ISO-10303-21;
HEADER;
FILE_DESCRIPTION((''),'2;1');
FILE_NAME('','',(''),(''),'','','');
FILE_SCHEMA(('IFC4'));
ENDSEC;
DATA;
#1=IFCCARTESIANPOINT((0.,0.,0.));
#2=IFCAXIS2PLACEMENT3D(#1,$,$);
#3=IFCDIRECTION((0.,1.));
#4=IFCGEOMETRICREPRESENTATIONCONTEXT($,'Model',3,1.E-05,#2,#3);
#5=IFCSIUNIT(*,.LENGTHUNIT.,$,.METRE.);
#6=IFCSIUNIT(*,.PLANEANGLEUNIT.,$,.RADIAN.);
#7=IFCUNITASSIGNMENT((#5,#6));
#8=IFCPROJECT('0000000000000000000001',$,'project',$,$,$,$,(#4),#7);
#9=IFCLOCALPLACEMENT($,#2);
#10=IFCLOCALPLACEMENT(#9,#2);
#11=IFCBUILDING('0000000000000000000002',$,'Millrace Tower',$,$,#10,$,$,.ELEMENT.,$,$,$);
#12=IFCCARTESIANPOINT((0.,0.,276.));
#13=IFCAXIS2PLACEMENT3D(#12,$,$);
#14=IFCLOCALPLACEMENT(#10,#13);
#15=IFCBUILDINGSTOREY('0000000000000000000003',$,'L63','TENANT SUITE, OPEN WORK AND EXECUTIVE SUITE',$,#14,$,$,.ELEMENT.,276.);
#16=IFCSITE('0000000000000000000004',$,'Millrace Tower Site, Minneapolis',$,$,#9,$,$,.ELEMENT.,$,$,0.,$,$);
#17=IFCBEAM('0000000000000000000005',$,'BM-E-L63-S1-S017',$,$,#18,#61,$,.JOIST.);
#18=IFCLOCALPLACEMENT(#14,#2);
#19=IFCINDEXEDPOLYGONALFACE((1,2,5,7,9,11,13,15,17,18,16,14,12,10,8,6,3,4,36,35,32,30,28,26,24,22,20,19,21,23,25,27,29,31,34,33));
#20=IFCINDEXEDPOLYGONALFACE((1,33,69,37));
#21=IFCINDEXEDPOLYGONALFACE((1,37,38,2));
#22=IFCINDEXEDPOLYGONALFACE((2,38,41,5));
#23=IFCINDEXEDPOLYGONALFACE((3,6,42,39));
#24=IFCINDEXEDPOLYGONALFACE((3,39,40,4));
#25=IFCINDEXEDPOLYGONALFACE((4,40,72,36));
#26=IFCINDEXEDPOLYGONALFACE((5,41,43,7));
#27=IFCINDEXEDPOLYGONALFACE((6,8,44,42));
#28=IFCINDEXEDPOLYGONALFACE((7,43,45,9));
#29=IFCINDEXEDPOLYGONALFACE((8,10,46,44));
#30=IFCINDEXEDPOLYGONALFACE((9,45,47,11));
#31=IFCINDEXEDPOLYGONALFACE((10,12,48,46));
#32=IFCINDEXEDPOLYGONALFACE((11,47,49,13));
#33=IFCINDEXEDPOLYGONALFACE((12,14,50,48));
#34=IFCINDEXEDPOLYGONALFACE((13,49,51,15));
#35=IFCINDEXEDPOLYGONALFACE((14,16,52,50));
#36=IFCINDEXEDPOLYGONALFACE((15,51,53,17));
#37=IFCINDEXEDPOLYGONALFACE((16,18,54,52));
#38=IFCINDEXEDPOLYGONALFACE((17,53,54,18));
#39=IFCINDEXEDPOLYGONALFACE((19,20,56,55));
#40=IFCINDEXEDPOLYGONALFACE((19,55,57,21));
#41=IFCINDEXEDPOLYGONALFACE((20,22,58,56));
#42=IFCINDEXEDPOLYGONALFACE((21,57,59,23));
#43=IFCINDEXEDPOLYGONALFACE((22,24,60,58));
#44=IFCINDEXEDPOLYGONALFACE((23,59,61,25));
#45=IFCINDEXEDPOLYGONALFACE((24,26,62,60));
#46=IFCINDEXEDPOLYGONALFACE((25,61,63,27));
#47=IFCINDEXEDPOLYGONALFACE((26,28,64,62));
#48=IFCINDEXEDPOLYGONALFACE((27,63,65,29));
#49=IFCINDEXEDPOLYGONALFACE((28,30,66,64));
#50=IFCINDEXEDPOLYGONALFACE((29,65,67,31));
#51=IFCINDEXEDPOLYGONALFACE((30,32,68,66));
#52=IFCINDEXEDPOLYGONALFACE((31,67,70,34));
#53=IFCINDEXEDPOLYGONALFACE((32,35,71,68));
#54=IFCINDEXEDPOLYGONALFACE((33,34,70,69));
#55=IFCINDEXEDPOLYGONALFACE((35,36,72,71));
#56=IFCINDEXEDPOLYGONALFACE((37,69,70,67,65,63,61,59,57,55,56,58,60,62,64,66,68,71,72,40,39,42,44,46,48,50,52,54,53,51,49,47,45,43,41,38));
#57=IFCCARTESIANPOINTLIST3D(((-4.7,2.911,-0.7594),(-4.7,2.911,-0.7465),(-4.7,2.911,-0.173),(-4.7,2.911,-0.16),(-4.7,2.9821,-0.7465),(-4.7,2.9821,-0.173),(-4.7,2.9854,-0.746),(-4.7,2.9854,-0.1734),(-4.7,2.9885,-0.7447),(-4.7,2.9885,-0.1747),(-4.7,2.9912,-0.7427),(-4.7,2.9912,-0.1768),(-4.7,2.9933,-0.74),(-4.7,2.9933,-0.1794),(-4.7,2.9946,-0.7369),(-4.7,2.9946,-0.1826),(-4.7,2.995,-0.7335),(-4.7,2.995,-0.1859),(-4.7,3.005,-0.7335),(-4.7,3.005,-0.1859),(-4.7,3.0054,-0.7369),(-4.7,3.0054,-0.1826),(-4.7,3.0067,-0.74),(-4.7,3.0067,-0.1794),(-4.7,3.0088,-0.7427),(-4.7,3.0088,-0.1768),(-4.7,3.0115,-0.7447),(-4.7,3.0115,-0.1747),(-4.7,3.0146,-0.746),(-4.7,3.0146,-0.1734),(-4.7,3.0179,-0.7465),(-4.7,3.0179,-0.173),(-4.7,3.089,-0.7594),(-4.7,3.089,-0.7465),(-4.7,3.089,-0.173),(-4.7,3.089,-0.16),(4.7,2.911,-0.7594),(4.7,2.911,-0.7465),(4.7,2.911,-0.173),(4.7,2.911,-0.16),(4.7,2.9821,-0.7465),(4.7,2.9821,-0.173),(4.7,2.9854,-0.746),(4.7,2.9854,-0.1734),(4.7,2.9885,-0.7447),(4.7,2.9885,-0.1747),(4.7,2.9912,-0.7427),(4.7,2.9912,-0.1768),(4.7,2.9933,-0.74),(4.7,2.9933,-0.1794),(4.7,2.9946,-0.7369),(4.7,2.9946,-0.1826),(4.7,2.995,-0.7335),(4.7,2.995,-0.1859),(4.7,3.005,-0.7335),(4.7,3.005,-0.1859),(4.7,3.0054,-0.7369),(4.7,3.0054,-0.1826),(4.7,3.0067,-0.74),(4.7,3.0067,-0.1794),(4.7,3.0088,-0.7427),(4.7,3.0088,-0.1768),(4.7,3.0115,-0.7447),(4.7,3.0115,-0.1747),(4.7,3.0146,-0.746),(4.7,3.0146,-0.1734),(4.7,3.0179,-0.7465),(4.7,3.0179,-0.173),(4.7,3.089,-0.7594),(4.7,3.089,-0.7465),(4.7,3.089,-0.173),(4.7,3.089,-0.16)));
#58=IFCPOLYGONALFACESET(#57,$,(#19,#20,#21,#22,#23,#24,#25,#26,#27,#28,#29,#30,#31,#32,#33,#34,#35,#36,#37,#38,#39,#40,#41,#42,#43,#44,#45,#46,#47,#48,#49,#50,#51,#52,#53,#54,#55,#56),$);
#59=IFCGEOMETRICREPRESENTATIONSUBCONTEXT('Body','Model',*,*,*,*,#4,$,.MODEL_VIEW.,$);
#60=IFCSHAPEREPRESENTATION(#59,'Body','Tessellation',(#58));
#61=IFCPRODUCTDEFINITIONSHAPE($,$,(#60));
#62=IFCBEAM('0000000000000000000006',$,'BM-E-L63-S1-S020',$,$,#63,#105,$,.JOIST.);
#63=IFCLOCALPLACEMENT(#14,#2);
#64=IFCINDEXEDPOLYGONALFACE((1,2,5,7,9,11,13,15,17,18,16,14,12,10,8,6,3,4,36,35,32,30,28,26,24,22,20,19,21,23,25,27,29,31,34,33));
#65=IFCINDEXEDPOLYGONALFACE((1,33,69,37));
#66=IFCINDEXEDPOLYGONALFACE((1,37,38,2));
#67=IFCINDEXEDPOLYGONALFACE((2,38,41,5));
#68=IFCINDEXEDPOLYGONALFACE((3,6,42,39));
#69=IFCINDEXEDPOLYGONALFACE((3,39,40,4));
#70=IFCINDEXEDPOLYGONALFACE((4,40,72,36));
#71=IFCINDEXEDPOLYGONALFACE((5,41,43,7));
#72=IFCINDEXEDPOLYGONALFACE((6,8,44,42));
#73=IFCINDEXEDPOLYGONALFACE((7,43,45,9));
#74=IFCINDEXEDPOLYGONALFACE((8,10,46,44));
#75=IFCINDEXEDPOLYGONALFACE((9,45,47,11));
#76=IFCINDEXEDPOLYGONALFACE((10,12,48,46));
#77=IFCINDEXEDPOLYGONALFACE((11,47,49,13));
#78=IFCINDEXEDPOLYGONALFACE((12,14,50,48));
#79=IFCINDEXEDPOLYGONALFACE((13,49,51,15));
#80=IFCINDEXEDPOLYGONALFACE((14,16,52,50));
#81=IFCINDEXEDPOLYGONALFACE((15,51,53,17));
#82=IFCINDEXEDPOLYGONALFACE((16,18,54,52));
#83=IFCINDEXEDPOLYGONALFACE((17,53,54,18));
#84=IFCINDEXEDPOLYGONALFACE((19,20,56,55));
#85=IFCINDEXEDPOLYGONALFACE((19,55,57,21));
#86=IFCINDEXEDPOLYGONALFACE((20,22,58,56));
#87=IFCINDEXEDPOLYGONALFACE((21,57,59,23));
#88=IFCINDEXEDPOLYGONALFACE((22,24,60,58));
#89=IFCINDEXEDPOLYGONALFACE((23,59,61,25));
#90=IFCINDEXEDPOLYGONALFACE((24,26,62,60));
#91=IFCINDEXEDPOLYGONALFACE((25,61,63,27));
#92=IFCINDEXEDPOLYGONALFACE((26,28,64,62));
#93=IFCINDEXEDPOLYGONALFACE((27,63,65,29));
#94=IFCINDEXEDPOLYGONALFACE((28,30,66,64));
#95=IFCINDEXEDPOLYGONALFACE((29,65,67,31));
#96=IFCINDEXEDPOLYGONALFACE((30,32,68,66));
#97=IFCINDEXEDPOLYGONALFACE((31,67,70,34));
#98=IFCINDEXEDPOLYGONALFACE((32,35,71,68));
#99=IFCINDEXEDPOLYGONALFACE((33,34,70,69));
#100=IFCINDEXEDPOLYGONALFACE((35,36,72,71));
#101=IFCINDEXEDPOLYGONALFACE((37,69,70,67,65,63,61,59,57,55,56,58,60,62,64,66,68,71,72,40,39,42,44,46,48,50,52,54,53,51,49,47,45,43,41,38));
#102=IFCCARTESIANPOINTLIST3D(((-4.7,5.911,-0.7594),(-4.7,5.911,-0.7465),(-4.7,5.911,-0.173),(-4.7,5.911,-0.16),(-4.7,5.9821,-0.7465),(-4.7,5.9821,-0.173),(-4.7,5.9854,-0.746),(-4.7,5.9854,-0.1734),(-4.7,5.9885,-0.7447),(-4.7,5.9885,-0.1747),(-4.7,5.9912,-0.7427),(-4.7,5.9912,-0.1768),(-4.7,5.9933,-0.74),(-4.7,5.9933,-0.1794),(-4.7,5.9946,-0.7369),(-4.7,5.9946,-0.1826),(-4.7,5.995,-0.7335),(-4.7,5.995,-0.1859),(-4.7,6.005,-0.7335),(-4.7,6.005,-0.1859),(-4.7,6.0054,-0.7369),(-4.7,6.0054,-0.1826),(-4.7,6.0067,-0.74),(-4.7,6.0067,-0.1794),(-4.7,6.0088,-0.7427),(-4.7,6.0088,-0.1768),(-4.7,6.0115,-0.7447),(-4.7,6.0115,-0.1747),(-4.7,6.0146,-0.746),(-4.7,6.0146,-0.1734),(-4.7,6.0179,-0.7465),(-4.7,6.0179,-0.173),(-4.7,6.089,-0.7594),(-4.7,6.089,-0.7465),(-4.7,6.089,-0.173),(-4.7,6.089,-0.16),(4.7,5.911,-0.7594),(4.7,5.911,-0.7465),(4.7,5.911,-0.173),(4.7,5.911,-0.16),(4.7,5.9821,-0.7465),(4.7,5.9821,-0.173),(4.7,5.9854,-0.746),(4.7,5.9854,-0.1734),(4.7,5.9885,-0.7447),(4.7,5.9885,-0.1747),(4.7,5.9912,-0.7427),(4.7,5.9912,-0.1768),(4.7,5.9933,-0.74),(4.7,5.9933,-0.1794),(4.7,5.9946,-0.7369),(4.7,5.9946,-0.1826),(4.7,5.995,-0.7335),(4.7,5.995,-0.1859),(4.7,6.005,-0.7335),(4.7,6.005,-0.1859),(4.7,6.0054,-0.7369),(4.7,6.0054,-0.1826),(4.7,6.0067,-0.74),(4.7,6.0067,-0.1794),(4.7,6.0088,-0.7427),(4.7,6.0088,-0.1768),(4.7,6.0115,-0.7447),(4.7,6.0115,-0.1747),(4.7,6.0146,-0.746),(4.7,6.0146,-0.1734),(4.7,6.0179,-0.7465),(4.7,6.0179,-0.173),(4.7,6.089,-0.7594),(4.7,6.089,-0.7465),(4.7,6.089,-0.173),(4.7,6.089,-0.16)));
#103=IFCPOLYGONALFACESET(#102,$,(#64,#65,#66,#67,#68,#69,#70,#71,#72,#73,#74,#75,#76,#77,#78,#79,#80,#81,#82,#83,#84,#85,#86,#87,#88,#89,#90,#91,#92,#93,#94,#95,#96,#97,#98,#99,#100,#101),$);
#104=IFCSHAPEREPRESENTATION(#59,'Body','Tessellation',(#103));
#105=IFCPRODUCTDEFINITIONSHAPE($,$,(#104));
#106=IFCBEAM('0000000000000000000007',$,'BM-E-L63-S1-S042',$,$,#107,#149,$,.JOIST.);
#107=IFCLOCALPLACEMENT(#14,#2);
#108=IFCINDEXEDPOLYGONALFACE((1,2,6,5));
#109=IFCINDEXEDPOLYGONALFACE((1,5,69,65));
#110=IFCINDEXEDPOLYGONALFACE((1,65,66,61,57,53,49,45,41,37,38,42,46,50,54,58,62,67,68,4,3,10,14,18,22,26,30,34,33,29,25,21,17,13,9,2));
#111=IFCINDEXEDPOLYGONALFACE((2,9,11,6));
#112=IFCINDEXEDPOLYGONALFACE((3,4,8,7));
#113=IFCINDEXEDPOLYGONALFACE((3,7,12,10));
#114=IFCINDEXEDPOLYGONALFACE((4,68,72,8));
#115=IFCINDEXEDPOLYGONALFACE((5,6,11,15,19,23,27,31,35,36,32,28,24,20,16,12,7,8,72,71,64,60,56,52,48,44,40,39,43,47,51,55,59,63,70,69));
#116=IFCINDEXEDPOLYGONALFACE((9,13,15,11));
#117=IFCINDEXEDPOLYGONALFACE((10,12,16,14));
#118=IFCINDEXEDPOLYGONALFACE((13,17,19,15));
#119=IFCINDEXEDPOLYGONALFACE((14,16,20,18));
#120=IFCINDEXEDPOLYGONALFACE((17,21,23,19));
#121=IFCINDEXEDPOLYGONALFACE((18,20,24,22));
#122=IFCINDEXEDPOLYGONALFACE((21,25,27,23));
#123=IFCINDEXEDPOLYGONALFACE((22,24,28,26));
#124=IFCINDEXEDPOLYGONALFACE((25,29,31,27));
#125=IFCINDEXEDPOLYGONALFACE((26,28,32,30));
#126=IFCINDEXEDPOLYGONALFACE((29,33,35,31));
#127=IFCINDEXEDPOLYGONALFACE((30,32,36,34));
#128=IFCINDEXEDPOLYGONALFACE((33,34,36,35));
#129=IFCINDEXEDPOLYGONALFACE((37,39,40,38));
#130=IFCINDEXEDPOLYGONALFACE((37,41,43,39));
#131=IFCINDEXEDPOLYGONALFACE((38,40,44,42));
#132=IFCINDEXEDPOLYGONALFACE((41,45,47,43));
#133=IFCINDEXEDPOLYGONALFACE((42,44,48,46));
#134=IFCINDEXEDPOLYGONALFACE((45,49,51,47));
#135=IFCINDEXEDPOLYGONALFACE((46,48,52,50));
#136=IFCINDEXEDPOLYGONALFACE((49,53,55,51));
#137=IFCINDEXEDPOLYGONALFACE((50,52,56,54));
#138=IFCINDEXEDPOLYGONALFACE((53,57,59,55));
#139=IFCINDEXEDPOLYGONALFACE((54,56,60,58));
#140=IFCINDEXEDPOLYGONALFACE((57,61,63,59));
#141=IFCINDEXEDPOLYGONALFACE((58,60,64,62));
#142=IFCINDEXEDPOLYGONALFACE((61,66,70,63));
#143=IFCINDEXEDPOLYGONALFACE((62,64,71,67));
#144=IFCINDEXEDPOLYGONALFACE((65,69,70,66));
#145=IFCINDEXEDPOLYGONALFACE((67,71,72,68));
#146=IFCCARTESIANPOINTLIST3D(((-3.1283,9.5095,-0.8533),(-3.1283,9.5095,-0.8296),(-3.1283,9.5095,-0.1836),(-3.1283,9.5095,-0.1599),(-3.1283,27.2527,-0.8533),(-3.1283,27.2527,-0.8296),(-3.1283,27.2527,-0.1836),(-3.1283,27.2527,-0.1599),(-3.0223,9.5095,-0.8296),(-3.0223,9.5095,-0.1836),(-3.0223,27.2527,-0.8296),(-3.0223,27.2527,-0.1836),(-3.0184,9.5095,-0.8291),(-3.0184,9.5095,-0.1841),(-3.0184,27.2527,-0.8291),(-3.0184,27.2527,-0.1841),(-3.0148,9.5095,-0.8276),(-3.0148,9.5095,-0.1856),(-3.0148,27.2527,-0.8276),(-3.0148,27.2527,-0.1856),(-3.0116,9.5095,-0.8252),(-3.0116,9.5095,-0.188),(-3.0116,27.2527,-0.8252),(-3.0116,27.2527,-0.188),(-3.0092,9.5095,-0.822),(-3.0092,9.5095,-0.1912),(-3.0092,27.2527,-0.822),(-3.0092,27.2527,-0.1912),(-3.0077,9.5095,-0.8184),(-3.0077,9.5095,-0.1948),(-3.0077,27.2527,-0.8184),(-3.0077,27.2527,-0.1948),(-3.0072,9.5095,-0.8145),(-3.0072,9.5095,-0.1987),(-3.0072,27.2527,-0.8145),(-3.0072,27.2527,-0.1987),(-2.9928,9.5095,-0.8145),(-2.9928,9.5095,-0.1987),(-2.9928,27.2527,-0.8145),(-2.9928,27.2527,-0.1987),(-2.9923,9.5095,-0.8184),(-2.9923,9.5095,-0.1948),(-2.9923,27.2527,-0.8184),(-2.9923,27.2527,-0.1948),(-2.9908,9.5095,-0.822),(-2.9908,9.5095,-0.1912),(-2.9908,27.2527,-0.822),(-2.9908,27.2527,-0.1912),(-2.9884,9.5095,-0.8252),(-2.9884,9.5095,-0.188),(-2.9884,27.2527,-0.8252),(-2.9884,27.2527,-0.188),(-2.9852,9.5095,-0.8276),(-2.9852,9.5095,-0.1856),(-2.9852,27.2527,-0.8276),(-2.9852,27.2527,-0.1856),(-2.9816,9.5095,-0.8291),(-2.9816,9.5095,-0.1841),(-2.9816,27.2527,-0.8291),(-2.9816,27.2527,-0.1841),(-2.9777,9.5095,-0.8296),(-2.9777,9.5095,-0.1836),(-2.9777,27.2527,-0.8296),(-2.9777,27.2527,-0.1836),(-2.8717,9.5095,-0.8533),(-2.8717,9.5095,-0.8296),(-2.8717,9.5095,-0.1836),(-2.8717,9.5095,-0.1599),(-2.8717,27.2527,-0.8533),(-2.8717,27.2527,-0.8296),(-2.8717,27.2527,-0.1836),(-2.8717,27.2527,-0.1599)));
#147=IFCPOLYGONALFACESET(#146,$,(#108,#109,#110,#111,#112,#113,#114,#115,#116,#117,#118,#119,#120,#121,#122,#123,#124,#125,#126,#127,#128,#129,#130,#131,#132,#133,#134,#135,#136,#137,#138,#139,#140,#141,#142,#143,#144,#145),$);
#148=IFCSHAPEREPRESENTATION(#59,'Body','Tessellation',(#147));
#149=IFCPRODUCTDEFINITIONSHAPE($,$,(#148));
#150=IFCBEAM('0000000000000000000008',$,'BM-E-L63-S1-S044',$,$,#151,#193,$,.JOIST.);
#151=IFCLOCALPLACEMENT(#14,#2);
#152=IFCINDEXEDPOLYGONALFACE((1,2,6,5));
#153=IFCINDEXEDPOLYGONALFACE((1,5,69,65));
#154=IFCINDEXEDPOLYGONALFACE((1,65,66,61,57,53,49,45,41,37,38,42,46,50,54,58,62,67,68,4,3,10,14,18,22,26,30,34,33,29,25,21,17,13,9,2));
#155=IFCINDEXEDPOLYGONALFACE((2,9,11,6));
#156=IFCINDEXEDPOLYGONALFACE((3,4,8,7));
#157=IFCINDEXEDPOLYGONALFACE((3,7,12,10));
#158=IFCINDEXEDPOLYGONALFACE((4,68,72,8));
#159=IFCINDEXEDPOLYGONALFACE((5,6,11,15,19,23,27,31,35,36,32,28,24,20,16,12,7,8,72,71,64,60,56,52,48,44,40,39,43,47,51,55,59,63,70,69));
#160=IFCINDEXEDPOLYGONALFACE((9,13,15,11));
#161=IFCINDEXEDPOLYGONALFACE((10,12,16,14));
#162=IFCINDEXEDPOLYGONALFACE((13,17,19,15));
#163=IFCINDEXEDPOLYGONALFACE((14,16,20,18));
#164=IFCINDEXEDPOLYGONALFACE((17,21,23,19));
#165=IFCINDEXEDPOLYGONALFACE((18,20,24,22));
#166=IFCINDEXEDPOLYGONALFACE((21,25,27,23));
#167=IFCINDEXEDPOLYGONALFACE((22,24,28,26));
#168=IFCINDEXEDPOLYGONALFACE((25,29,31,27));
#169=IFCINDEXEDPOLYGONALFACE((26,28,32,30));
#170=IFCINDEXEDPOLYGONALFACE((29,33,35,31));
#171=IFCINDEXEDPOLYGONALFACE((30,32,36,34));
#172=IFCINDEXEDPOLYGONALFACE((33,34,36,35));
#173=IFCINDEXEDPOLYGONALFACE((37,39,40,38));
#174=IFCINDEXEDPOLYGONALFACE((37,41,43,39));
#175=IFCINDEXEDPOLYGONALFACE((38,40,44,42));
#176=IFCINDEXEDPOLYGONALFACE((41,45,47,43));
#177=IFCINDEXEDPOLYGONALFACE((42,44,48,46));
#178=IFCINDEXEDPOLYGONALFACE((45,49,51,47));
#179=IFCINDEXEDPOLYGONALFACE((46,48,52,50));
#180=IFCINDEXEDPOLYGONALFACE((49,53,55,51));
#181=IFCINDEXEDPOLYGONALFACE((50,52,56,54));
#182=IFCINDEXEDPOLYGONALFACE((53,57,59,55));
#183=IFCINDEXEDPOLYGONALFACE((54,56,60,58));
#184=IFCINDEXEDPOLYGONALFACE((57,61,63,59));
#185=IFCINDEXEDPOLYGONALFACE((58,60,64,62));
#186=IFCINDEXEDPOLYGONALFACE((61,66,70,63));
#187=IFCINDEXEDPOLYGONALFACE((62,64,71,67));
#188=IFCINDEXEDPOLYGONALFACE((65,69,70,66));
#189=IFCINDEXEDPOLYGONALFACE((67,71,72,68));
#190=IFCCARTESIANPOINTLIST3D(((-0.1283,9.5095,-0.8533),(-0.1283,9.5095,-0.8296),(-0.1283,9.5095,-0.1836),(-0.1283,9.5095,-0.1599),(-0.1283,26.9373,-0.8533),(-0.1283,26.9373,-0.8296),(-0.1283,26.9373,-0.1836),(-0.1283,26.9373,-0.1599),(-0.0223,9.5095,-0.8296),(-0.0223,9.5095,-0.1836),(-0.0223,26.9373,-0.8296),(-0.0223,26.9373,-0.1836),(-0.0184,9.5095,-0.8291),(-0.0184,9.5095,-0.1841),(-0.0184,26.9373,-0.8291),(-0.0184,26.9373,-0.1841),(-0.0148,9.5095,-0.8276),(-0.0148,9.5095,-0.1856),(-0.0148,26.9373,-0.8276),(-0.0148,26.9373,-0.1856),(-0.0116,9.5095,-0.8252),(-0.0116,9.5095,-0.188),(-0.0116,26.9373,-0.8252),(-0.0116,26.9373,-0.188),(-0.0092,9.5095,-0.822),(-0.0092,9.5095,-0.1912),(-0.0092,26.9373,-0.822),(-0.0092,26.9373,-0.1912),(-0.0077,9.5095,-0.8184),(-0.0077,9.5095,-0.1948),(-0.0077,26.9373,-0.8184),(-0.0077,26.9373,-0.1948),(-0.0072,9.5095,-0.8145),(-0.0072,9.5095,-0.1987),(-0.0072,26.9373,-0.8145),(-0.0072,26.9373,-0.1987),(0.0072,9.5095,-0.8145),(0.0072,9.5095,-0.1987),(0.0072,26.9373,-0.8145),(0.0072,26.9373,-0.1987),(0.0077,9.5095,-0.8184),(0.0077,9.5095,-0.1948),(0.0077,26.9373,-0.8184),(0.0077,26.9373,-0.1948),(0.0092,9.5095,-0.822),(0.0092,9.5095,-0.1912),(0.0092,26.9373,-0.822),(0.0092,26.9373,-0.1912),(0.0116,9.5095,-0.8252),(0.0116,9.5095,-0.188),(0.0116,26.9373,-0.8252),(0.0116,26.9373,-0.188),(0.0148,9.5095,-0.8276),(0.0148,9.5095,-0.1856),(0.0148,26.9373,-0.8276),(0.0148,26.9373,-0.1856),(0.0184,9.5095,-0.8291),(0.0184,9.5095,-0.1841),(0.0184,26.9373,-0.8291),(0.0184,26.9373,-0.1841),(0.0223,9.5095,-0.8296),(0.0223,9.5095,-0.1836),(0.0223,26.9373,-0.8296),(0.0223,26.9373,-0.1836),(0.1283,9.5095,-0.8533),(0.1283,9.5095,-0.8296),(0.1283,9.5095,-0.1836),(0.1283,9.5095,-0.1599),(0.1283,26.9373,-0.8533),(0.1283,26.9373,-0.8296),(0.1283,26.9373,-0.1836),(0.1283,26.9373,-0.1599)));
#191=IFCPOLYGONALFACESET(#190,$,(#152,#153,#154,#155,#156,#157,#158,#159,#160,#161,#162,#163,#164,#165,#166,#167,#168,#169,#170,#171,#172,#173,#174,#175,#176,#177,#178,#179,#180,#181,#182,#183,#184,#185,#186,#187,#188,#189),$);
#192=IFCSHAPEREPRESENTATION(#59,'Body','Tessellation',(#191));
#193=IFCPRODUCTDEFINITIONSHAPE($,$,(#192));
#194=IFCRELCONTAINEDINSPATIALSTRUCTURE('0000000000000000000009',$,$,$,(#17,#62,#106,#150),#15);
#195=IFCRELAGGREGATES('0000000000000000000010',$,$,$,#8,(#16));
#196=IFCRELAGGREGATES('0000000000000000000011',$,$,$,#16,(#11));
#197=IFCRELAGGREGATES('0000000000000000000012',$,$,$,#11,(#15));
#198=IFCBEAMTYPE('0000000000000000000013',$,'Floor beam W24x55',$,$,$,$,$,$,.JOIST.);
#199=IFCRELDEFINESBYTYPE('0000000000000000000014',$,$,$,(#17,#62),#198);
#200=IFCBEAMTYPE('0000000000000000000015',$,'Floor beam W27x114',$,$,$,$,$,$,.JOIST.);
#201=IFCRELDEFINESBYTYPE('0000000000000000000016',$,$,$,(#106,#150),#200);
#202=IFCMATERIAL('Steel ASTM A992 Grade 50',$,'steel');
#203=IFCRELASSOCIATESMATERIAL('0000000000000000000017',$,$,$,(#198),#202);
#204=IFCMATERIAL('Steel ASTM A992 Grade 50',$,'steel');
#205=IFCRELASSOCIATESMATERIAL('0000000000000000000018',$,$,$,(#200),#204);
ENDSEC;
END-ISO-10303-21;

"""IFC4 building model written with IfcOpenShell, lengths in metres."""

from ifc_helpers import new_model, si_unit, direction, frame, origin, origin_2d, place, context, subcontext, project, spatial, i_section, extrude, material, material_profile, profile_set, type_object, element, save


model = new_model("IFC4")

# Units and contexts
model_context = context("Model", 3, precision=1e-05, world=origin(), true_north=direction((0.0, 1.0)))
body_context = subcontext(model_context, "Body", "Model", "MODEL_VIEW")
ifc_project = project(units=[si_unit("LENGTHUNIT", "METRE"), si_unit("PLANEANGLEUNIT", "RADIAN")], contexts=[model_context])

# Site, building, storey
site_placement = place(None, origin())
site = spatial("IfcSite", under=ifc_project, at=site_placement, Name="Millrace Tower Site, Minneapolis", CompositionType="ELEMENT", RefElevation=0.0)
building_placement = place(site_placement, origin())
building = spatial("IfcBuilding", under=site, at=building_placement, Name="Millrace Tower", CompositionType="ELEMENT")
storey_placement = place(building_placement, frame((0.0, 0.0, 276.0)))
storey = spatial("IfcBuildingStorey", under=building, at=storey_placement, Name="L63", Description="TENANT SUITE, OPEN WORK AND EXECUTIVE SUITE", CompositionType="ELEMENT", Elevation=276.0)

# Beams
ifc_material_1 = material(Name="Steel ASTM A992 Grade 50", Category="steel")
ifc_material_profile_1 = material_profile(ifc_material_1, i_section(OverallWidth=0.178, OverallDepth=0.5994, WebThickness=0.01, FlangeThickness=0.0129, FilletRadius=0.0129, at=origin_2d()))
ifc_profile_set_1 = profile_set([ifc_material_profile_1], Name="Steel ASTM A992 Grade 50")
beam_type_1 = type_object("IfcBeamType", Name="Floor beam W24x55", PredefinedType="JOIST", material=ifc_profile_set_1)
for number, where, z_axis, x_axis, name in (
    (1, (-4.7, 3.0, -0.4597), (1.0, 0.0, 0.0), (0.0, 1.0, 0.0), "BM-E-L63-S1-S017"),
    (2, (-4.7, 6.0, -0.4597), (1.0, 0.0, 0.0), (0.0, 1.0, 0.0), "BM-E-L63-S1-S020"),
):
    element("IfcBeam", number, at=place(storey_placement, frame(where, z_axis=z_axis, x_axis=x_axis)), inside=storey, type_object=beam_type_1, Name=name, PredefinedType="JOIST", context=body_context, shape_type="SweptSolid", body=[
        extrude(i_section(OverallWidth=0.178, OverallDepth=0.5994, WebThickness=0.01, FlangeThickness=0.0129, FilletRadius=0.0129, at=origin_2d()), origin(), (0.0, 0.0, 1.0), 9.3999),
    ])
ifc_material_2 = material(Name="Steel ASTM A992 Grade 50", Category="steel")
ifc_material_profile_2 = material_profile(ifc_material_2, i_section(OverallWidth=0.2566, OverallDepth=0.6934, WebThickness=0.0144, FlangeThickness=0.0237, FilletRadius=0.0151, at=origin_2d()))
ifc_profile_set_2 = profile_set([ifc_material_profile_2], Name="Steel ASTM A992 Grade 50")
beam_type_2 = type_object("IfcBeamType", Name="Floor beam W27x114", PredefinedType="JOIST", material=ifc_profile_set_2)
beam_1_placement = place(storey_placement, frame((-3.0, 9.5095, -0.5066), z_axis=(0.0, 1.0, 0.0), x_axis=(-1.0, 0.0, 0.0)))
element("IfcBeam", 3, at=beam_1_placement, inside=storey, type_object=beam_type_2, Name="BM-E-L63-S1-S042", PredefinedType="JOIST", context=body_context, shape_type="SweptSolid", body=[
    extrude(i_section(OverallWidth=0.2566, OverallDepth=0.6934, WebThickness=0.0144, FlangeThickness=0.0237, FilletRadius=0.0151, at=origin_2d()), origin(), (0.0, 0.0, 1.0), 17.7432),
])
beam_2_placement = place(storey_placement, frame((0.0, 9.5095, -0.5066), z_axis=(0.0, 1.0, 0.0), x_axis=(-1.0, 0.0, 0.0)))
element("IfcBeam", 4, at=beam_2_placement, inside=storey, type_object=beam_type_2, Name="BM-E-L63-S1-S044", PredefinedType="JOIST", context=body_context, shape_type="SweptSolid", body=[
    extrude(i_section(OverallWidth=0.2566, OverallDepth=0.6934, WebThickness=0.0144, FlangeThickness=0.0237, FilletRadius=0.0151, at=origin_2d()), origin(), (0.0, 0.0, 1.0), 17.4277),
])

save(model, "model.ifc")
